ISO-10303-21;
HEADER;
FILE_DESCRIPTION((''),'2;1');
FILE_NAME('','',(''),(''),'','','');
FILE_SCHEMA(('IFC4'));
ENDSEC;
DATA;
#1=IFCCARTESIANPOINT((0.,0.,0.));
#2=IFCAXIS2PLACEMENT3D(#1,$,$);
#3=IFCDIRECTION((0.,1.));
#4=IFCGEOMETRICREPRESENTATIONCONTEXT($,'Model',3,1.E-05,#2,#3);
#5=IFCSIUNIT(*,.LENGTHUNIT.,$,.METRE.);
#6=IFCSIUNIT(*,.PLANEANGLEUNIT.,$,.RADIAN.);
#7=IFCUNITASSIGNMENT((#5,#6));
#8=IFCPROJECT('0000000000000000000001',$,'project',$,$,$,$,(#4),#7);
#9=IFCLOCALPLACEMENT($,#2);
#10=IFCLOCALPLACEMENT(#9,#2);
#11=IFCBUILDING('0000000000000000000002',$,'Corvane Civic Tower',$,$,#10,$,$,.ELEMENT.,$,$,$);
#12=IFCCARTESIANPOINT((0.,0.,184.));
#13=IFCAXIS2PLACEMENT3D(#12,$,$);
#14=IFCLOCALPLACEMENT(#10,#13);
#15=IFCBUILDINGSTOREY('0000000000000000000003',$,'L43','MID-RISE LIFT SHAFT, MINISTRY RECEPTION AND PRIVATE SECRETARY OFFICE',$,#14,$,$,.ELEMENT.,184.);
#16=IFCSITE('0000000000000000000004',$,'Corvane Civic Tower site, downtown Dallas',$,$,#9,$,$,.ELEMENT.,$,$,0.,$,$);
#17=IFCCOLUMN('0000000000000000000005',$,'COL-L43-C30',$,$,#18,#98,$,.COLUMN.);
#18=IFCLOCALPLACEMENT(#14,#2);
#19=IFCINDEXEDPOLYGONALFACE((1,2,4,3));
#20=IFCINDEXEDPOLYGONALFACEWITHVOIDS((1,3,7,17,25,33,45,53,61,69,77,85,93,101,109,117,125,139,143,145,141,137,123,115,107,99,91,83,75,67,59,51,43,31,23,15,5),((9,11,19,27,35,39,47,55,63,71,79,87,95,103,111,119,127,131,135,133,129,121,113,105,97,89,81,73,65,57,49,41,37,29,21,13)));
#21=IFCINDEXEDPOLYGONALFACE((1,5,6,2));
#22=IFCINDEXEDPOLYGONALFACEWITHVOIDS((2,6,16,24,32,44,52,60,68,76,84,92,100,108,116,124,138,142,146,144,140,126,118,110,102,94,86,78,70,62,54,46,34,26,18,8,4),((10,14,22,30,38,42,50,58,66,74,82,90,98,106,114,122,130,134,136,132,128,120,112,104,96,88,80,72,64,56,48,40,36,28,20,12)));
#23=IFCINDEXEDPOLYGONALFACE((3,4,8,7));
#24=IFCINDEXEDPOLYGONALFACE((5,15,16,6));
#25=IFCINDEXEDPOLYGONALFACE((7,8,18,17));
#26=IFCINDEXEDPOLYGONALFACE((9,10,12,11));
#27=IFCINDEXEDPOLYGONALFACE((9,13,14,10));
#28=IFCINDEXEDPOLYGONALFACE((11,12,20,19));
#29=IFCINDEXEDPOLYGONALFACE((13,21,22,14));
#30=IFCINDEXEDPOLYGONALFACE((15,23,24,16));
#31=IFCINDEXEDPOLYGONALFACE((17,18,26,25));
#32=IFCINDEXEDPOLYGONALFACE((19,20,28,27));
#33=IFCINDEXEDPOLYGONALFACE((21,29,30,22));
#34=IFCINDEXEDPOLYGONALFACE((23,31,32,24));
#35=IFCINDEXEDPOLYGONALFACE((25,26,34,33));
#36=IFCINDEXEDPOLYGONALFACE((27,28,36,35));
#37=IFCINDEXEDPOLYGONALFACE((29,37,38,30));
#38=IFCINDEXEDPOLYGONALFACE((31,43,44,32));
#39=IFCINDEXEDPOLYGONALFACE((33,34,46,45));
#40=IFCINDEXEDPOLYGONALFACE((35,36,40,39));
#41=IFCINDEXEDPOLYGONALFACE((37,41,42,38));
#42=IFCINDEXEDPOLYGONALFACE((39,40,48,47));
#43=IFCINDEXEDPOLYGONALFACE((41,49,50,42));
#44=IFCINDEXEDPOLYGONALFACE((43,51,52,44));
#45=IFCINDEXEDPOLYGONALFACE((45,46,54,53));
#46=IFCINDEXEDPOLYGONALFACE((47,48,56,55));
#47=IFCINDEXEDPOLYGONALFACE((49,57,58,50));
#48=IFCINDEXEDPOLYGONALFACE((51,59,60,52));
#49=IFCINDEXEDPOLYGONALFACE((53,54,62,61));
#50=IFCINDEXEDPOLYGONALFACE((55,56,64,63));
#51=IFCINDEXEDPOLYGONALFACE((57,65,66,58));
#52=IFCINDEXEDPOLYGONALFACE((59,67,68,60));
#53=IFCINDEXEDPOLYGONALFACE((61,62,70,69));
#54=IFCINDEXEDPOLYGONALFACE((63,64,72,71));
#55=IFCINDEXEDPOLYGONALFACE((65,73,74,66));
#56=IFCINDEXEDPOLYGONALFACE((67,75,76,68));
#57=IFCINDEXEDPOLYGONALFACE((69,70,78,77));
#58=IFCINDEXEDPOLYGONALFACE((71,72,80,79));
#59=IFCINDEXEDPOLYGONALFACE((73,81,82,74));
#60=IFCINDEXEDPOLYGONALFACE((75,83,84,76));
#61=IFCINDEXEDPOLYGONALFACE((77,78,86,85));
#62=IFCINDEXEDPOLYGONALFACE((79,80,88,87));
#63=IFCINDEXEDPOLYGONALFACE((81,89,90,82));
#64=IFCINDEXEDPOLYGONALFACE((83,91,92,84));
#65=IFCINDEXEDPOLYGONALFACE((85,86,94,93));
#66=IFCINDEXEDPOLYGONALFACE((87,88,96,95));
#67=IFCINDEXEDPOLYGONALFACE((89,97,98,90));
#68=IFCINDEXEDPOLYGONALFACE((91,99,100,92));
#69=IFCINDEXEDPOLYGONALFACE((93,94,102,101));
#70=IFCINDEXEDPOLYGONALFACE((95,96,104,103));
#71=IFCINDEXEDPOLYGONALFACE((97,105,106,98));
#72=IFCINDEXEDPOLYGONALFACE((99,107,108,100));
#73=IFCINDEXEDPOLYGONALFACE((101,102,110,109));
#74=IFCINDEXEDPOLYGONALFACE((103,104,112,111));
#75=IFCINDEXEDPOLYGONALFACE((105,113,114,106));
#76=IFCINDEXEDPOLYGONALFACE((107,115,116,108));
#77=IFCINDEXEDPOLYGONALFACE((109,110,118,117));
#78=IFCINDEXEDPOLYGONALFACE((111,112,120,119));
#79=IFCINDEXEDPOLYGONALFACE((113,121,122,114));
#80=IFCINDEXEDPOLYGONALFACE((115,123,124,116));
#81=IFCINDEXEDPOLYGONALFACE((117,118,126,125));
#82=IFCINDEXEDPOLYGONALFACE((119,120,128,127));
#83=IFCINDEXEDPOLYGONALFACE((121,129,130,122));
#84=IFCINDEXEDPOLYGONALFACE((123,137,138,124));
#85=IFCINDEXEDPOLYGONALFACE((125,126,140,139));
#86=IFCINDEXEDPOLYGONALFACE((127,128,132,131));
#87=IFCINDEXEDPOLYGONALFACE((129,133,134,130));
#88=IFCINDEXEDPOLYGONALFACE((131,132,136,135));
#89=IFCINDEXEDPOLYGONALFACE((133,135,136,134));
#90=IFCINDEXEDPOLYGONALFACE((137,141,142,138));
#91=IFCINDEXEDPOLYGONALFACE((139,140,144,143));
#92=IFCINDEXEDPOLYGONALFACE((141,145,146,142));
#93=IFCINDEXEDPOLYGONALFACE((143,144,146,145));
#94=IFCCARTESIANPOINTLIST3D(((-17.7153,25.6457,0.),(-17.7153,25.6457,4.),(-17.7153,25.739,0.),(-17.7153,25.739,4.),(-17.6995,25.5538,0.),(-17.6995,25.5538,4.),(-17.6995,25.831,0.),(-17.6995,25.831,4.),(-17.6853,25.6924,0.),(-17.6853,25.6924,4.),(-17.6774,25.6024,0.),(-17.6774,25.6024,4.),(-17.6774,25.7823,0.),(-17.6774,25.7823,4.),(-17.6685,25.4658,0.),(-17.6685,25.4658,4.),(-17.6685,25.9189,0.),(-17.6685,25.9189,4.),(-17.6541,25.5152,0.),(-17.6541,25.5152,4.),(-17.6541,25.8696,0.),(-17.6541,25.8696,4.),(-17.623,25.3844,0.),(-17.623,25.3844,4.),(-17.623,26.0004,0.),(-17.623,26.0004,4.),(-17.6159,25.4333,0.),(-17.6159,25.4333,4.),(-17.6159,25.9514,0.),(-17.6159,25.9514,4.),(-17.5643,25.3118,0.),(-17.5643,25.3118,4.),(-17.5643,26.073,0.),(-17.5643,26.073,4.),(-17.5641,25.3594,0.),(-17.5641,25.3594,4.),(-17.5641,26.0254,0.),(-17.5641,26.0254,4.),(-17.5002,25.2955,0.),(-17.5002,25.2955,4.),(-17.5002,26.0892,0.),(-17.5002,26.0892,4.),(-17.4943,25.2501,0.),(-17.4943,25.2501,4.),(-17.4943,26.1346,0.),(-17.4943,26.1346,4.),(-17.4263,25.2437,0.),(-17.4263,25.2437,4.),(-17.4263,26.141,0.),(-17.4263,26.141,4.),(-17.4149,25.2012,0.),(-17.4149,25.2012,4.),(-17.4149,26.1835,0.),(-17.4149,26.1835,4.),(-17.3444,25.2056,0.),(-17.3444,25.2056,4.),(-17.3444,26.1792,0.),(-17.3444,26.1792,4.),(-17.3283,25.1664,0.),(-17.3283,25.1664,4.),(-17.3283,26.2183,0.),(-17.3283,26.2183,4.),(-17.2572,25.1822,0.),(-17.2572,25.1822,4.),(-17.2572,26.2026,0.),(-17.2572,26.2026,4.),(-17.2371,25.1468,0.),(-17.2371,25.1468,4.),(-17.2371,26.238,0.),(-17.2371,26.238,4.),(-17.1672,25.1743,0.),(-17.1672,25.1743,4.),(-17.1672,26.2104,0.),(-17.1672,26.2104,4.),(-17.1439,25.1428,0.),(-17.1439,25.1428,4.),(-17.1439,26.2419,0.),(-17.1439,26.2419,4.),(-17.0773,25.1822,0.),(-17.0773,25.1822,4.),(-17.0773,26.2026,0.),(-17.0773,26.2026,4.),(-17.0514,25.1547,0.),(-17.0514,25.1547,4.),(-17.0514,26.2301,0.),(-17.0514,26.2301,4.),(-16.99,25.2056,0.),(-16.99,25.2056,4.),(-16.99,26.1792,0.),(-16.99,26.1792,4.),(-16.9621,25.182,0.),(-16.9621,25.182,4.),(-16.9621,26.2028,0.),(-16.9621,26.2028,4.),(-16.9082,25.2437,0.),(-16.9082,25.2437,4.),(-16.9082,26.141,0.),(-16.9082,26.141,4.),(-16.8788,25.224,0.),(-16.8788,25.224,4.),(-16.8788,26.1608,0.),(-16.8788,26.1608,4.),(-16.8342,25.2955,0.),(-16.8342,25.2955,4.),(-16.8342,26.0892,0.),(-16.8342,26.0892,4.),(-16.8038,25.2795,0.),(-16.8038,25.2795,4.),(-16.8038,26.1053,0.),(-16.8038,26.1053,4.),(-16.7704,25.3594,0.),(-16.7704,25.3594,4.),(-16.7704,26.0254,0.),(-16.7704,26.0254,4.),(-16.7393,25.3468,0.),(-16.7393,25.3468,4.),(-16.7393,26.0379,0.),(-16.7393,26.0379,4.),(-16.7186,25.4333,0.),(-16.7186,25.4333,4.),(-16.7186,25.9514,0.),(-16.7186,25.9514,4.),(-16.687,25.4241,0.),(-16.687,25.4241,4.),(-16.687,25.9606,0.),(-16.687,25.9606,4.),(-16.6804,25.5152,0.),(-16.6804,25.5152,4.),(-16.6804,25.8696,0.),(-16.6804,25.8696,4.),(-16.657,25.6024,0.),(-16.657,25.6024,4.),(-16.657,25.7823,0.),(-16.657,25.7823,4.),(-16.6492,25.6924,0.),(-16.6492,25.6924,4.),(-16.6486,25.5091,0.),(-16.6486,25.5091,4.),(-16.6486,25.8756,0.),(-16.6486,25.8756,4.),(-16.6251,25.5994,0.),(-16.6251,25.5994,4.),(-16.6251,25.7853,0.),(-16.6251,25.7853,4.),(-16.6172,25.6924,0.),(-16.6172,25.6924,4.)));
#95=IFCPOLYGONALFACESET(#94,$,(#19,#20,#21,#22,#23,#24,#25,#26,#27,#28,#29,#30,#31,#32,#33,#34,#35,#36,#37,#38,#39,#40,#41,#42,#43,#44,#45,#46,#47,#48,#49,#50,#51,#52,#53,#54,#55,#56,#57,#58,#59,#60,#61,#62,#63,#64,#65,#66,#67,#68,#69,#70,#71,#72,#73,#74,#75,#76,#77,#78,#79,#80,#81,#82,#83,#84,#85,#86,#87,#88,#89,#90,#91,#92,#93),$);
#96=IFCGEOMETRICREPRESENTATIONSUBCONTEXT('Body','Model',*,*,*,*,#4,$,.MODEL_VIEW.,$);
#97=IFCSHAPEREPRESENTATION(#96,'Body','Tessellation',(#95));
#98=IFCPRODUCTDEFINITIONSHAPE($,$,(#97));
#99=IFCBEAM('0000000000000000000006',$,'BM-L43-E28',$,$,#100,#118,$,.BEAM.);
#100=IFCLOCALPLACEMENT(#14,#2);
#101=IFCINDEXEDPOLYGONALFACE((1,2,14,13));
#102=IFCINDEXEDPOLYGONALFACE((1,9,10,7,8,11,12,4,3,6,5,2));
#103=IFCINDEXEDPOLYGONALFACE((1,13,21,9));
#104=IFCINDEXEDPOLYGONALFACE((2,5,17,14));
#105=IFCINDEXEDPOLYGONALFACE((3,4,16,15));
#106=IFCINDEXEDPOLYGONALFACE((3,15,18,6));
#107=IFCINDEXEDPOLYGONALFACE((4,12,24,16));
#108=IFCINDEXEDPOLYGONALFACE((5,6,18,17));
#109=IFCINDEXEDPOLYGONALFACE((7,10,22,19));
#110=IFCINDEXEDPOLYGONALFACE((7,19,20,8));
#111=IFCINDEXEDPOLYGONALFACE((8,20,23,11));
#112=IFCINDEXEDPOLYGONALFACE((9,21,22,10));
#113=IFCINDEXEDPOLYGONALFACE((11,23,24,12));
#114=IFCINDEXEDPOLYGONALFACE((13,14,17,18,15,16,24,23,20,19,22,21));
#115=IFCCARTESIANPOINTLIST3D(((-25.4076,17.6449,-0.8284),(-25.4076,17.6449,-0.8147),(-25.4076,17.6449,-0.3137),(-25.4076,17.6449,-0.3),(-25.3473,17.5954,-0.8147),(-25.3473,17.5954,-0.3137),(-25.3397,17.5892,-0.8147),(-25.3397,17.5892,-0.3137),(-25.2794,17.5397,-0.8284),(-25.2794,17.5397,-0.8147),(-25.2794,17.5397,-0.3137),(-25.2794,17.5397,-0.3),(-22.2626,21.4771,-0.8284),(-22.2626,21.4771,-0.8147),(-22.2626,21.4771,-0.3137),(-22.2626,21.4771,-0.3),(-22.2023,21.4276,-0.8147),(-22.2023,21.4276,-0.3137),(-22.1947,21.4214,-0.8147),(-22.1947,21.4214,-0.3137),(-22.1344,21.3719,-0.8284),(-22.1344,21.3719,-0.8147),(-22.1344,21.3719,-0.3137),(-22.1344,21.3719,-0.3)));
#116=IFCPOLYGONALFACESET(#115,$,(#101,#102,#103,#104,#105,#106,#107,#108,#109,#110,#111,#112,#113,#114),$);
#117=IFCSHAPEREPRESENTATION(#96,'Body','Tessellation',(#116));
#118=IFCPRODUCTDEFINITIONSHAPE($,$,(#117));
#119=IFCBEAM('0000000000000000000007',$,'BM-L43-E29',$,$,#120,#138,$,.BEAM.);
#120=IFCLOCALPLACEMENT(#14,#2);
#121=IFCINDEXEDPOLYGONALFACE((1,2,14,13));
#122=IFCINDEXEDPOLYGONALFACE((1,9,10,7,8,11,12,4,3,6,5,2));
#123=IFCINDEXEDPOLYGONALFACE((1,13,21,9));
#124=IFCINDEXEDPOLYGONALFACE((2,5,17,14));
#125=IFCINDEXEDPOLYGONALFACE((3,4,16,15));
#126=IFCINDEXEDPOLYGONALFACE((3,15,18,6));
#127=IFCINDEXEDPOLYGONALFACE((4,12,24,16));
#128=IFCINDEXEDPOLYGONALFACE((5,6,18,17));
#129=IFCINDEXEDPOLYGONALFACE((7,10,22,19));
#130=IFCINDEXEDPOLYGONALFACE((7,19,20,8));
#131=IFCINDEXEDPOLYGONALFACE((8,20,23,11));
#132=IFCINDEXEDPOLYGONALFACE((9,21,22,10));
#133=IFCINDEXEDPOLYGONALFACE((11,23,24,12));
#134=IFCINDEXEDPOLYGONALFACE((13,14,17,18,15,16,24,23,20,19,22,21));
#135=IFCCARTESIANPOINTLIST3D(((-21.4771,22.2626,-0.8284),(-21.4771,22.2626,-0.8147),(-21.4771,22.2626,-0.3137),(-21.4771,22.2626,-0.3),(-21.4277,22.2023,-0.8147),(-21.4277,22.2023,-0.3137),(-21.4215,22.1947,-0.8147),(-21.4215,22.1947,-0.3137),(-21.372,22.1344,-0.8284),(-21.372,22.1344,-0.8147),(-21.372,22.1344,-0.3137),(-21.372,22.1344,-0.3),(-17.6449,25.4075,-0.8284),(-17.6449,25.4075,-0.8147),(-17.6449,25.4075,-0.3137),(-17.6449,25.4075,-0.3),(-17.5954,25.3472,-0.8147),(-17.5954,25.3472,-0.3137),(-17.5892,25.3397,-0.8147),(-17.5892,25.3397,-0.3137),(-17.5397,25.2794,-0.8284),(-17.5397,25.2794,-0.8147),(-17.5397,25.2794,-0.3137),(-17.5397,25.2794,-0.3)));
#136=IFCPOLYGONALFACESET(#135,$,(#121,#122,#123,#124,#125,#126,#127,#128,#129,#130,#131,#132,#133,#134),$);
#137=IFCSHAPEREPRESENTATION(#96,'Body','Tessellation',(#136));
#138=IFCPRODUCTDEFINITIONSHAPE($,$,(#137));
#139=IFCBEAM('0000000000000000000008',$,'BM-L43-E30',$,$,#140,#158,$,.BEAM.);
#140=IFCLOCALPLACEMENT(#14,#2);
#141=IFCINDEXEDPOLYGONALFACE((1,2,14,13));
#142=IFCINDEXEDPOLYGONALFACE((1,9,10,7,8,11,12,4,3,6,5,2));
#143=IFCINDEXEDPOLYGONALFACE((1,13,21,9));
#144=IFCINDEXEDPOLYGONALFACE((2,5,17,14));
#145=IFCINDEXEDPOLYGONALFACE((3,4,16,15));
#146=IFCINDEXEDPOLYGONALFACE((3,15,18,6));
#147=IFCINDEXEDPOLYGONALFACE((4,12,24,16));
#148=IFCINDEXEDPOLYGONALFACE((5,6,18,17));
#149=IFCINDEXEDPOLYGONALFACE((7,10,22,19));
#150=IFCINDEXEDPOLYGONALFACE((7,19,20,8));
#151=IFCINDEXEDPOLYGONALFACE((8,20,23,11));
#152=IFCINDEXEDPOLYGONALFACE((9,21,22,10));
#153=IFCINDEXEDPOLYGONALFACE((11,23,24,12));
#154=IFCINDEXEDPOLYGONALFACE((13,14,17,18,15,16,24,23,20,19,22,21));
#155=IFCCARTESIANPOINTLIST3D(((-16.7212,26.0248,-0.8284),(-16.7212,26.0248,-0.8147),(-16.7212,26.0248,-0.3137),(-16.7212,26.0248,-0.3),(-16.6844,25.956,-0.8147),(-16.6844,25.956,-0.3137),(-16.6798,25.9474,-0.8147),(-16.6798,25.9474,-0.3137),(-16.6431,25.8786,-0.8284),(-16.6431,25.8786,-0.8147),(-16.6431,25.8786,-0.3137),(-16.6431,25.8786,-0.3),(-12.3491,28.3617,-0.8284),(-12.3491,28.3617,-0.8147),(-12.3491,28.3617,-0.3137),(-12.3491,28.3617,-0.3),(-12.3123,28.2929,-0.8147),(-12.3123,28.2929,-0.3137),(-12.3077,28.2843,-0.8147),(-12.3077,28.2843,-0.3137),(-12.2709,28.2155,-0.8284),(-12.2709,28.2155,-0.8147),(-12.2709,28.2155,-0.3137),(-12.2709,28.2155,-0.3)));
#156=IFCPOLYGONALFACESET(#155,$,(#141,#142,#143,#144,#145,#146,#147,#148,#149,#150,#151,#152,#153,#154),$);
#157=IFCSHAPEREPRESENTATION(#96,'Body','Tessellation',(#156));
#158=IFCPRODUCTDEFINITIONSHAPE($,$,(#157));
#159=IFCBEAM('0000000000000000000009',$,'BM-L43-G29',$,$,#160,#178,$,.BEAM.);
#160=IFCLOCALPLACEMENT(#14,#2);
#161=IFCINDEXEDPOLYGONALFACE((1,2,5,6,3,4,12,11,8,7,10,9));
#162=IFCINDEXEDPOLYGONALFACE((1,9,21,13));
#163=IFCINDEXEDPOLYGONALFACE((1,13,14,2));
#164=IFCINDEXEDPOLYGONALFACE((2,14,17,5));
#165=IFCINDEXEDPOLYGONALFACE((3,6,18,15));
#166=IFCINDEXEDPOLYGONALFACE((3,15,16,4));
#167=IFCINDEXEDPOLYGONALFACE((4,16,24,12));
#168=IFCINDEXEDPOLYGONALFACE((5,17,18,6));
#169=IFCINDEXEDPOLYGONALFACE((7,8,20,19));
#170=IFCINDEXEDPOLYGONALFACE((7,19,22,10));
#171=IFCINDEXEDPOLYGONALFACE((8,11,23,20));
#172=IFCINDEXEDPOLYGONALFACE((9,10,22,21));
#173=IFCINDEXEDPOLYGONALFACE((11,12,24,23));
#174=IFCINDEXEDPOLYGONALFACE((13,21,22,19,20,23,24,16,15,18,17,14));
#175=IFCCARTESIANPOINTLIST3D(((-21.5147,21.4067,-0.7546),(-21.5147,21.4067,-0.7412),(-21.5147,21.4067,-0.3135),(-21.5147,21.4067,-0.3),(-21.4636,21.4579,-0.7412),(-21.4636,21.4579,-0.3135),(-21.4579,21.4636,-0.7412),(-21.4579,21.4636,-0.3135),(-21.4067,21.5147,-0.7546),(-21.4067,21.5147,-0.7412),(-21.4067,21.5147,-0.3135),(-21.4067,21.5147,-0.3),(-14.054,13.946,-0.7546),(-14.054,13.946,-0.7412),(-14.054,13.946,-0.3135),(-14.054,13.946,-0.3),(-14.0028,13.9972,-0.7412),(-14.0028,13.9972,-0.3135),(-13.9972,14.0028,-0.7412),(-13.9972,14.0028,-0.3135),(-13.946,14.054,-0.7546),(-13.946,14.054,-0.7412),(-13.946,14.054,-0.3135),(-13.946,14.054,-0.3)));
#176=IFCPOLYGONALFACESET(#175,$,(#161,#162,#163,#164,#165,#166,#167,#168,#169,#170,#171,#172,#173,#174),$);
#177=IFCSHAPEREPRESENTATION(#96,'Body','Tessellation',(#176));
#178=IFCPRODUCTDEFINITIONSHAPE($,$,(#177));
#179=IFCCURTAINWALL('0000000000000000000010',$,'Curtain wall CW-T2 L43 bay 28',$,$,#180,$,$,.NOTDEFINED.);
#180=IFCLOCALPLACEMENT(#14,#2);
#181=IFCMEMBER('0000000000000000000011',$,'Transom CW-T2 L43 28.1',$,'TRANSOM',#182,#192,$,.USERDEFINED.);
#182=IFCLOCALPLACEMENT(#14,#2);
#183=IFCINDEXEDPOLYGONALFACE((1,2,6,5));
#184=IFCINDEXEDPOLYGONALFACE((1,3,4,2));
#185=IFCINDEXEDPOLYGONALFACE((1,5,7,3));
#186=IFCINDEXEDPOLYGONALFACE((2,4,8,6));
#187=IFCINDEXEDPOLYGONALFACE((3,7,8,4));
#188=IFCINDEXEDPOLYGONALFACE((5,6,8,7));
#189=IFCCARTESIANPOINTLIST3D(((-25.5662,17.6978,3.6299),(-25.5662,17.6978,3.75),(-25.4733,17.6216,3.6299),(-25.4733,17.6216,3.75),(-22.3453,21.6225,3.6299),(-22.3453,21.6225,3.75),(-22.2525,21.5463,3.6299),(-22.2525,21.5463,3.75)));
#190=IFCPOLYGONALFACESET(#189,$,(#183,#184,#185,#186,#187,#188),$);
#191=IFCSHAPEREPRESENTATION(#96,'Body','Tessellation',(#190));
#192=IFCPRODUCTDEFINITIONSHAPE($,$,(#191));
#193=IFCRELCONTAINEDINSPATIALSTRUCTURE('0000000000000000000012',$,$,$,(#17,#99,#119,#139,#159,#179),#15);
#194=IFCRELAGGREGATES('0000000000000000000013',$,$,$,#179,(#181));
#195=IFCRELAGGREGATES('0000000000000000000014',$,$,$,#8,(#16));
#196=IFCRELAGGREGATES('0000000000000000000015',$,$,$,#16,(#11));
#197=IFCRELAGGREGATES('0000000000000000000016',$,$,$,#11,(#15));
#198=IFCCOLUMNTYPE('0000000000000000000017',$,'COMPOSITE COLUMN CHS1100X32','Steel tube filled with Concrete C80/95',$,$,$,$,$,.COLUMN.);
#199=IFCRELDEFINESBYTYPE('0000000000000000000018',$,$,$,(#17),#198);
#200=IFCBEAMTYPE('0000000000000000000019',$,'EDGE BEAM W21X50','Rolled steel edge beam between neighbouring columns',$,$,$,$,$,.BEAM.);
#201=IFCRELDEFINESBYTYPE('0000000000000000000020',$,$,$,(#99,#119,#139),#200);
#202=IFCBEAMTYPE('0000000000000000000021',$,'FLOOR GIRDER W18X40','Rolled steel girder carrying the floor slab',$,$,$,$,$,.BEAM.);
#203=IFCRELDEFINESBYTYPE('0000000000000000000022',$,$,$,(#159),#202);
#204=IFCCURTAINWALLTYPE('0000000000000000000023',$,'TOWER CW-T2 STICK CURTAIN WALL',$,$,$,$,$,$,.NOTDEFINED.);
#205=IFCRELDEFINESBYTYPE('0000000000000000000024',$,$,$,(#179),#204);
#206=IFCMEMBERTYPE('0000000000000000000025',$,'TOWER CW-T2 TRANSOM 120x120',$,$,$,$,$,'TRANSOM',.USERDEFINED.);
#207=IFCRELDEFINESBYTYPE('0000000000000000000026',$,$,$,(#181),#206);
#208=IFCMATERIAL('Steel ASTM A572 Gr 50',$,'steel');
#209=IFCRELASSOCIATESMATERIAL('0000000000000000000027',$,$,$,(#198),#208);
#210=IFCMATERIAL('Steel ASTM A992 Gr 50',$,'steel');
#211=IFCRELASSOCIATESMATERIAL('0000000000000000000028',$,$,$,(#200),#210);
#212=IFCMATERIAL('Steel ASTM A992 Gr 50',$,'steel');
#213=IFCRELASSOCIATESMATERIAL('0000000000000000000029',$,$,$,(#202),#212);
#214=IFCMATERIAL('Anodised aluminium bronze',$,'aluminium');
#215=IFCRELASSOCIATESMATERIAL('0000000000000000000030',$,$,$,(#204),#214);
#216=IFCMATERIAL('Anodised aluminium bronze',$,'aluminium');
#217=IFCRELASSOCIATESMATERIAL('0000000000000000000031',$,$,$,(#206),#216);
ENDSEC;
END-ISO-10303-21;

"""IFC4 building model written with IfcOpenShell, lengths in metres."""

from ifc_helpers import new_model, si_unit, direction, frame, origin, origin_2d, place, context, subcontext, project, spatial, rectangle, hollow_circle, i_section, extrude, material, material_profile, profile_set, type_object, element, aggregate, save


model = new_model("IFC4")

# Units and contexts
model_context = context("Model", 3, precision=1e-05, world=origin(), true_north=direction((0.0, 1.0)))
body_context = subcontext(model_context, "Body", "Model", "MODEL_VIEW")
ifc_project = project(units=[si_unit("LENGTHUNIT", "METRE"), si_unit("PLANEANGLEUNIT", "RADIAN")], contexts=[model_context])

# Site, building, storey
site_placement = place(None, origin())
site = spatial("IfcSite", under=ifc_project, at=site_placement, Name="Corvane Civic Tower site, downtown Dallas", CompositionType="ELEMENT", RefElevation=0.0)
building_placement = place(site_placement, origin())
building = spatial("IfcBuilding", under=site, at=building_placement, Name="Corvane Civic Tower", CompositionType="ELEMENT")
storey_placement = place(building_placement, frame((0.0, 0.0, 184.0)))
storey = spatial("IfcBuildingStorey", under=building, at=storey_placement, Name="L43", Description="MID-RISE LIFT SHAFT, MINISTRY RECEPTION AND PRIVATE SECRETARY OFFICE", CompositionType="ELEMENT", Elevation=184.0)

# Column
ifc_material_1 = material(Name="Steel ASTM A572 Gr 50", Category="steel")
ifc_material_profile_1 = material_profile(ifc_material_1, hollow_circle(Radius=0.55, WallThickness=0.032, at=origin_2d()), Name="CHS1100X32")
ifc_profile_set_1 = profile_set([ifc_material_profile_1], Name="Steel ASTM A572 Gr 50")
column_type = type_object("IfcColumnType", Name="COMPOSITE COLUMN CHS1100X32", Description="Steel tube filled with Concrete C80/95", PredefinedType="COLUMN", material=ifc_profile_set_1)
for number, where, z_axis, x_axis, name in (
    (1, (-17.1672, 25.6924, 0.0), (0.0, 0.0, 1.0), (1.0, 0.0, 0.0), "COL-L43-C30"),
):
    element("IfcColumn", number, at=place(storey_placement, frame(where, z_axis=z_axis, x_axis=x_axis)), inside=storey, type_object=column_type, Name=name, PredefinedType="COLUMN", context=body_context, shape_type="SweptSolid", body=[
        extrude(hollow_circle(Radius=0.55, WallThickness=0.032, at=origin_2d()), origin(), (0.0, 0.0, 1.0), 4.0),
    ])

# Beams
ifc_material_2 = material(Name="Steel ASTM A992 Gr 50", Category="steel")
ifc_material_profile_2 = material_profile(ifc_material_2, i_section(OverallWidth=0.1658, OverallDepth=0.5283, WebThickness=0.0098, FlangeThickness=0.0137, at=origin_2d()), Name="W21X50")
ifc_profile_set_2 = profile_set([ifc_material_profile_2], Name="Steel ASTM A992 Gr 50")
beam_type_1 = type_object("IfcBeamType", Name="EDGE BEAM W21X50", Description="Rolled steel edge beam between neighbouring columns", PredefinedType="BEAM", material=ifc_profile_set_2)
for number, where, z_axis, x_axis, name in (
    (2, (-25.3435, 17.5923, -0.5642), (0.634388, 0.773015, 0.0), (-0.773015, 0.634388, 0.0), "BM-L43-E28"),
    (3, (-21.4246, 22.1985, -0.5642), (0.773015, 0.634388, 0.0), (-0.634388, 0.773015, 0.0), "BM-L43-E29"),
    (4, (-16.6821, 25.9517, -0.5642), (0.881922, 0.471396, 0.0), (-0.471396, 0.881922, 0.0), "BM-L43-E30"),
):
    element("IfcBeam", number, at=place(storey_placement, frame(where, z_axis=z_axis, x_axis=x_axis)), inside=storey, type_object=beam_type_1, Name=name, PredefinedType="BEAM", context=body_context, shape_type="SweptSolid", body=[
        extrude(i_section(OverallWidth=0.1658, OverallDepth=0.5283, WebThickness=0.0098, FlangeThickness=0.0137, at=origin_2d()), origin(), (0.0, 0.0, 1.0), 4.9575),
    ])
ifc_material_3 = material(Name="Steel ASTM A992 Gr 50", Category="steel")
ifc_material_profile_3 = material_profile(ifc_material_3, i_section(OverallWidth=0.1528, OverallDepth=0.4546, WebThickness=0.0081, FlangeThickness=0.0134, at=origin_2d()), Name="W18X40")
ifc_profile_set_3 = profile_set([ifc_material_profile_3], Name="Steel ASTM A992 Gr 50")
beam_type_2 = type_object("IfcBeamType", Name="FLOOR GIRDER W18X40", Description="Rolled steel girder carrying the floor slab", PredefinedType="BEAM", material=ifc_profile_set_3)
beam_placement = place(storey_placement, frame((-14.0, 14.0, -0.5273), z_axis=(-0.707107, 0.707107, 0.0), x_axis=(-0.707107, -0.707107, 0.0)))
element("IfcBeam", 5, at=beam_placement, inside=storey, type_object=beam_type_2, Name="BM-L43-G29", PredefinedType="BEAM", context=body_context, shape_type="SweptSolid", body=[
    extrude(i_section(OverallWidth=0.1528, OverallDepth=0.4546, WebThickness=0.0081, FlangeThickness=0.0134, at=origin_2d()), origin(), (0.0, 0.0, 1.0), 10.551),
])

# Curtain wall, member
ifc_material_4 = material(Name="Anodised aluminium bronze", Category="aluminium")
curtain_wall_type = type_object("IfcCurtainWallType", Name="TOWER CW-T2 STICK CURTAIN WALL", PredefinedType="NOTDEFINED", material=ifc_material_4)
curtain_wall_1_placement = place(storey_placement, origin())
curtain_wall_1 = element("IfcCurtainWall", 6, at=curtain_wall_1_placement, inside=storey, type_object=curtain_wall_type, Name="Curtain wall CW-T2 L43 bay 28", PredefinedType="NOTDEFINED")
ifc_material_5 = material(Name="Anodised aluminium bronze", Category="aluminium")
ifc_material_profile_4 = material_profile(ifc_material_5, rectangle(XDim=0.1201, YDim=0.1201, at=origin_2d()), Name="TOWER CW-T2 TRANSOM 120x120")
ifc_profile_set_4 = profile_set([ifc_material_profile_4], Name="Anodised aluminium bronze")
member_type = type_object("IfcMemberType", Name="TOWER CW-T2 TRANSOM 120x120", ElementType="TRANSOM", PredefinedType="USERDEFINED", material=ifc_profile_set_4)
member_1_placement = place(storey_placement, frame((-25.5198, 17.6597, 3.6899), z_axis=(0.634387, 0.773016, 0.0), x_axis=(-0.773016, 0.634387, 0.0)))
member_1 = element("IfcMember", 7, at=member_1_placement, type_object=member_type, Name="Transom CW-T2 L43 28.1", ObjectType="TRANSOM", PredefinedType="USERDEFINED", context=body_context, shape_type="SweptSolid", body=[
    extrude(rectangle(XDim=0.1201, YDim=0.1201, at=origin_2d()), origin(), (0.0, 0.0, 1.0), 5.0771),
])

aggregate(curtain_wall_1, [member_1])

save(model, "model.ifc")
